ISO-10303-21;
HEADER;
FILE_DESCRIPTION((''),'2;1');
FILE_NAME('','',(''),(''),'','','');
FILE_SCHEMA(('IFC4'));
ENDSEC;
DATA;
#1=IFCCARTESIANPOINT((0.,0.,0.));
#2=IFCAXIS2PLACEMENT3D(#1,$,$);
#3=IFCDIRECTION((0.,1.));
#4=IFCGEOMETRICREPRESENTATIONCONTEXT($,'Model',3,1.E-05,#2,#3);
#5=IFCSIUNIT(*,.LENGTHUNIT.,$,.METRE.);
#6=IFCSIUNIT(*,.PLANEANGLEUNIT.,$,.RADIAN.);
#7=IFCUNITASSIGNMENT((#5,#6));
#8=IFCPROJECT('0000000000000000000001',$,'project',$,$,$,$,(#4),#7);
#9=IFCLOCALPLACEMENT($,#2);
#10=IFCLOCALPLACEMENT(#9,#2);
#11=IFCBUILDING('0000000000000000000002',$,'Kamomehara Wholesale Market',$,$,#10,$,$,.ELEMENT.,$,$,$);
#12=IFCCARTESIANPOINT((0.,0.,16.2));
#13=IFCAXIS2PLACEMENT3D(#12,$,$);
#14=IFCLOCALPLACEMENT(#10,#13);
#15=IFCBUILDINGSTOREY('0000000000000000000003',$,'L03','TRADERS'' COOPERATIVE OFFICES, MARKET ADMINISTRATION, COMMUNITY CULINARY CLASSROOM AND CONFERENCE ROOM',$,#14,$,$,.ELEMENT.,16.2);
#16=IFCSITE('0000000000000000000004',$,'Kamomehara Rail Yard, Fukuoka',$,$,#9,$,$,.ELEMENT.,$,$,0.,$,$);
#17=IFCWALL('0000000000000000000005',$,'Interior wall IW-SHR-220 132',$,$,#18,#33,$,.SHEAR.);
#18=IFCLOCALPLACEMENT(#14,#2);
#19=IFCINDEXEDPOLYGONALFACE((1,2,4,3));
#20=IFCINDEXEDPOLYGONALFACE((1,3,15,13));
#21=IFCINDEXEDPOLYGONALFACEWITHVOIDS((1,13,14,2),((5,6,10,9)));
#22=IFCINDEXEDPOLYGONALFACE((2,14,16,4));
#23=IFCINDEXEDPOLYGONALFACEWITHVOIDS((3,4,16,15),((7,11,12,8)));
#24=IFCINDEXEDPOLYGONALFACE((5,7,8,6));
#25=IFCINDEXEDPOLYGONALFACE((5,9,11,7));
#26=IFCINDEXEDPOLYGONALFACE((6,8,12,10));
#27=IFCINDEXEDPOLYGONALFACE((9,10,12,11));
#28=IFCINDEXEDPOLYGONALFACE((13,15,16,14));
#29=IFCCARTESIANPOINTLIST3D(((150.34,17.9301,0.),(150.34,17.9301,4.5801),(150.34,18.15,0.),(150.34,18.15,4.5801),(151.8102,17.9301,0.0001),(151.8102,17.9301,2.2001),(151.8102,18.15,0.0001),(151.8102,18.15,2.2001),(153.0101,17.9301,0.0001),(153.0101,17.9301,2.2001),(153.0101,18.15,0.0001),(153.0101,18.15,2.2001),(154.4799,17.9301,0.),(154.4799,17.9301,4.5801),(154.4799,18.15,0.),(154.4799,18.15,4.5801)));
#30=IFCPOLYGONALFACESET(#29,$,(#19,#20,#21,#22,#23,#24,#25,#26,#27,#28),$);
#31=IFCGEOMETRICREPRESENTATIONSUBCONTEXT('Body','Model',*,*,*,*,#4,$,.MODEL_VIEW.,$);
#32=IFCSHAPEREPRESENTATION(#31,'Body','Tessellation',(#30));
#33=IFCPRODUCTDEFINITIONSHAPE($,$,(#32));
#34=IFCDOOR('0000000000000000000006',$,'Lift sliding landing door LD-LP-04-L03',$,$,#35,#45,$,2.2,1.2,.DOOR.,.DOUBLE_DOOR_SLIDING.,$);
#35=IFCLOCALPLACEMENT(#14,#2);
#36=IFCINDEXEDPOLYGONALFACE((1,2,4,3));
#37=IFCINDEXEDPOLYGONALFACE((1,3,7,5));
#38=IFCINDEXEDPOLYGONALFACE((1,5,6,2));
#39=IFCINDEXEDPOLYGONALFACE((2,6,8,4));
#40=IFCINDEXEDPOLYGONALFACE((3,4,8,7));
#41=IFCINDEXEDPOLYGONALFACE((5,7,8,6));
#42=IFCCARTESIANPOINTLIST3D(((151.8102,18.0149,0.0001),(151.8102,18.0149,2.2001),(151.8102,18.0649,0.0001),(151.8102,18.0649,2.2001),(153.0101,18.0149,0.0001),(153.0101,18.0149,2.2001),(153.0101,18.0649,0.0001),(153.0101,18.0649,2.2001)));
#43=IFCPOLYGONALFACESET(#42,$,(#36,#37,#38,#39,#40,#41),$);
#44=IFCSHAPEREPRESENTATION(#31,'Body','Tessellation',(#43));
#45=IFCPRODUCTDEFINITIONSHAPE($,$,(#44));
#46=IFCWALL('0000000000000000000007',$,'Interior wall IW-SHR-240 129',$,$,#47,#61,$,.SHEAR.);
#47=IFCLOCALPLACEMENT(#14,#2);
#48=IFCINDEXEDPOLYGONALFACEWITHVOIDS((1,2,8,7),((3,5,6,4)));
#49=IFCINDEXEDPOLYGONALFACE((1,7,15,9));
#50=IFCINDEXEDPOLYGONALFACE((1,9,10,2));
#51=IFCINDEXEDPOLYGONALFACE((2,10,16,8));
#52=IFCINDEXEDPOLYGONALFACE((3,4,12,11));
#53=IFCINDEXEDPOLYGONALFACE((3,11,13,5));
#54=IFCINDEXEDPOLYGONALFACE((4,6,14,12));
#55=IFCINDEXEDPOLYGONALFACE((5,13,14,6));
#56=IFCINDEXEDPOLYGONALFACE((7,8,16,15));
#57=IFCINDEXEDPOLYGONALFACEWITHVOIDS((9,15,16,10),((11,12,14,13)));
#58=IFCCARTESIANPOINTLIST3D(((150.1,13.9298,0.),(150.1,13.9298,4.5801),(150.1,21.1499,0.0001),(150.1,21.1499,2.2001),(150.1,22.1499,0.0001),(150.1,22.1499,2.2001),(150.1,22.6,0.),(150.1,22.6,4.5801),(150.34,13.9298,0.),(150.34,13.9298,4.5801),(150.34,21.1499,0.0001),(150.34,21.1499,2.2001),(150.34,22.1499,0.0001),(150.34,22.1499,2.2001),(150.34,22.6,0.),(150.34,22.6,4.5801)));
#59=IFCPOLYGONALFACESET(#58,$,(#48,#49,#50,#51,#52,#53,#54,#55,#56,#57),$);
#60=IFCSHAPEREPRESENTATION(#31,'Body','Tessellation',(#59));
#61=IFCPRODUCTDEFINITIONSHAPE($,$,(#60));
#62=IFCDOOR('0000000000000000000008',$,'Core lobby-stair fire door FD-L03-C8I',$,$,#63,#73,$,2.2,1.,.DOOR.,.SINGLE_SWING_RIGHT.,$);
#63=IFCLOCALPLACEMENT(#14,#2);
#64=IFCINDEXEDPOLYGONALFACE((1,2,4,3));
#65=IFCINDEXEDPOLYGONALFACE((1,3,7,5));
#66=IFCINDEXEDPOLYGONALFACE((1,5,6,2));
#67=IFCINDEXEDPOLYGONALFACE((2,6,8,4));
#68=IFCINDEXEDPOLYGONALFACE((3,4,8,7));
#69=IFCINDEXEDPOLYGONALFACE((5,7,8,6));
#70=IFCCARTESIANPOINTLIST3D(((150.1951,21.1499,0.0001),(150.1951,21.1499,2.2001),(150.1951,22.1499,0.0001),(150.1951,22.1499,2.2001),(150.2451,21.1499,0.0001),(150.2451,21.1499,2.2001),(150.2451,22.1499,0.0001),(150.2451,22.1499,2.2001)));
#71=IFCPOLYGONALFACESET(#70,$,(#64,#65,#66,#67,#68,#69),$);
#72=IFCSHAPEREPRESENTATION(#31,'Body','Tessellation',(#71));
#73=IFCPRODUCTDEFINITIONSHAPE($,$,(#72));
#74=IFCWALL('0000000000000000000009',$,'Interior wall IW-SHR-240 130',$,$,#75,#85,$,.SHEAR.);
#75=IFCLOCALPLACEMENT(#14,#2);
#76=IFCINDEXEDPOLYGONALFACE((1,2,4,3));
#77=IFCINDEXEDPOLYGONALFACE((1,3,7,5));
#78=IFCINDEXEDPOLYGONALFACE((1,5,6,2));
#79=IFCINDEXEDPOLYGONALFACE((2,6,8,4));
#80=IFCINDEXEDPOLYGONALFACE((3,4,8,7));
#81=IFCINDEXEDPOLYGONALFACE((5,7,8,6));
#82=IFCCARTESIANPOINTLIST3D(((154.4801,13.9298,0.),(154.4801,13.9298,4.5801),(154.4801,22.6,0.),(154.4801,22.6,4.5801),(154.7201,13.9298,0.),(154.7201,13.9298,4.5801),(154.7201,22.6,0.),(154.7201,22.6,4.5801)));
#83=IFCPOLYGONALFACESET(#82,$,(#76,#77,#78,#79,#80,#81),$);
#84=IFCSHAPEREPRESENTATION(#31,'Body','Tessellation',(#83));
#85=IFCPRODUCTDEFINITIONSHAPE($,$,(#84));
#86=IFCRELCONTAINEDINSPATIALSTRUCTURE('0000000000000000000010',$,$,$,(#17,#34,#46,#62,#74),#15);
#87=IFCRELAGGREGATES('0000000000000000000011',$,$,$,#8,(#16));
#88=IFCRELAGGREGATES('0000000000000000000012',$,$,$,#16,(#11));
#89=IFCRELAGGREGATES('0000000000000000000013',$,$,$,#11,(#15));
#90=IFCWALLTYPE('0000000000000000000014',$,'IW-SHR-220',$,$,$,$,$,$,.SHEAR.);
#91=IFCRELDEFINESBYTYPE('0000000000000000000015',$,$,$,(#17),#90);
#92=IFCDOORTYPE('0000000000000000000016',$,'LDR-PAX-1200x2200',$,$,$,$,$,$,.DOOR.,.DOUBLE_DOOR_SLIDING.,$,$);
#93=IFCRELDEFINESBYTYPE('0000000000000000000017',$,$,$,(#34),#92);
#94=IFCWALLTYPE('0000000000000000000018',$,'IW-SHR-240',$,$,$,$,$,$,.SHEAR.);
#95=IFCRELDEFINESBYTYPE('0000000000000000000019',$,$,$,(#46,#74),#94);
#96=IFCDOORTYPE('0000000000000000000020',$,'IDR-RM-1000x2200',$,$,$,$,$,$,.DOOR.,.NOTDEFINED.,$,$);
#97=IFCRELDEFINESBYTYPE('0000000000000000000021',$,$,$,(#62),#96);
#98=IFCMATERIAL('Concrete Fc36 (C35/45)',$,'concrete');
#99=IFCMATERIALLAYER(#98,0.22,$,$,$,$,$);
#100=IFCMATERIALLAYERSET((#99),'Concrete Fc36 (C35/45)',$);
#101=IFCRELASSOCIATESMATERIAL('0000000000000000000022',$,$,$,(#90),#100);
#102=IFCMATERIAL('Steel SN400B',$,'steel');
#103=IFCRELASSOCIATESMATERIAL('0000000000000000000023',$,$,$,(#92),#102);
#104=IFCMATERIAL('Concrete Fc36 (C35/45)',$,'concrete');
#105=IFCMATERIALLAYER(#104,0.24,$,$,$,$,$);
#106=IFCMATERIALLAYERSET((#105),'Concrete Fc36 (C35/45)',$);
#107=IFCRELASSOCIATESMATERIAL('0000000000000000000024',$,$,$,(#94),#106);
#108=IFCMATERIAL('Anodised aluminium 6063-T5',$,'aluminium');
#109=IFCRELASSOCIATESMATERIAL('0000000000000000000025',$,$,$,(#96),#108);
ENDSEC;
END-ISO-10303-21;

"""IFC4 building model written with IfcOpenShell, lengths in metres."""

from ifc_helpers import new_model, si_unit, direction, frame, frame_2d, origin, place, context, subcontext, project, spatial, rectangle, extrude, material, layer, layer_set, type_object, element, fill, save


model = new_model("IFC4")

# Units and contexts
model_context = context("Model", 3, precision=1e-05, world=origin(), true_north=direction((0.0, 1.0)))
body_context = subcontext(model_context, "Body", "Model", "MODEL_VIEW")
ifc_project = project(units=[si_unit("LENGTHUNIT", "METRE"), si_unit("PLANEANGLEUNIT", "RADIAN")], contexts=[model_context])

# Site, building, storey
site_placement = place(None, origin())
site = spatial("IfcSite", under=ifc_project, at=site_placement, Name="Kamomehara Rail Yard, Fukuoka", CompositionType="ELEMENT", RefElevation=0.0)
building_placement = place(site_placement, origin())
building = spatial("IfcBuilding", under=site, at=building_placement, Name="Kamomehara Wholesale Market", CompositionType="ELEMENT")
storey_placement = place(building_placement, frame((0.0, 0.0, 16.2)))
storey = spatial("IfcBuildingStorey", under=building, at=storey_placement, Name="L03", Description="TRADERS' COOPERATIVE OFFICES, MARKET ADMINISTRATION, COMMUNITY CULINARY CLASSROOM AND CONFERENCE ROOM", CompositionType="ELEMENT", Elevation=16.2)

# Walls, openings, doors
ifc_material_1 = material(Name="Concrete Fc36 (C35/45)", Category="concrete")
ifc_layer_1 = layer(ifc_material_1, 0.22)
ifc_layer_set_1 = layer_set([ifc_layer_1], Name="Concrete Fc36 (C35/45)")
wall_type_1 = type_object("IfcWallType", Name="IW-SHR-220", PredefinedType="SHEAR", material=ifc_layer_set_1)
wall_1_placement = place(storey_placement, frame((150.3401, 18.04, 0.0), z_axis=(0.0, 0.0, 1.0), x_axis=(1.0, 0.0, 0.0)))
wall_1 = element("IfcWall", 1, at=wall_1_placement, inside=storey, type_object=wall_type_1, Name="Interior wall IW-SHR-220 132", PredefinedType="SHEAR", context=body_context, shape_type="SweptSolid", body=[
    extrude(rectangle(XDim=4.1399, YDim=0.22, at=frame_2d((2.0698, 0.0))), origin(), (0.0, 0.0, 1.0), 4.5801),
])
opening_1_placement = place(wall_1_placement, frame((1.47, 0.0, 0.0)))
opening_1 = element("IfcOpeningElement", 2, at=opening_1_placement, cuts=wall_1, PredefinedType="OPENING", context=body_context, shape_type="SweptSolid", body=[
    extrude(rectangle(XDim=1.2, YDim=2.2, at=frame_2d((0.6001, 1.1001))), frame((0.0, 0.125, 0.0), z_axis=(0.0, -1.0, 0.0), x_axis=(1.0, 0.0, 0.0)), (0.0, 0.0, 1.0), 0.2498),
])
ifc_material_2 = material(Name="Steel SN400B", Category="steel")
door_type_1 = type_object("IfcDoorType", Name="LDR-PAX-1200x2200", OperationType="DOUBLE_DOOR_SLIDING", PredefinedType="DOOR", material=ifc_material_2)
door_1_placement = place(opening_1_placement, origin())
door_1 = element("IfcDoor", 3, at=door_1_placement, inside=storey, type_object=door_type_1, Name="Lift sliding landing door LD-LP-04-L03", OperationType="DOUBLE_DOOR_SLIDING", OverallHeight=2.2, OverallWidth=1.2, PredefinedType="DOOR", context=body_context, shape_type="SweptSolid", body=[
    extrude(rectangle(XDim=1.2, YDim=2.2, at=frame_2d((0.6001, 1.1001))), frame((0.0, 0.0249, 0.0), z_axis=(0.0, -1.0, 0.0), x_axis=(1.0, 0.0, 0.0)), (0.0, 0.0, 1.0), 0.05),
])
fill(opening_1, door_1)
ifc_material_3 = material(Name="Concrete Fc36 (C35/45)", Category="concrete")
ifc_layer_2 = layer(ifc_material_3, 0.24)
ifc_layer_set_2 = layer_set([ifc_layer_2], Name="Concrete Fc36 (C35/45)")
wall_type_2 = type_object("IfcWallType", Name="IW-SHR-240", PredefinedType="SHEAR", material=ifc_layer_set_2)
wall_2_placement = place(storey_placement, frame((150.22, 13.9299, 0.0), z_axis=(0.0, 0.0, 1.0), x_axis=(0.0, 1.0, 0.0)))
wall_2 = element("IfcWall", 4, at=wall_2_placement, inside=storey, type_object=wall_type_2, Name="Interior wall IW-SHR-240 129", PredefinedType="SHEAR", context=body_context, shape_type="SweptSolid", body=[
    extrude(rectangle(XDim=8.6702, YDim=0.24, at=frame_2d((4.335, 0.0))), origin(), (0.0, 0.0, 1.0), 4.5801),
])
opening_2_placement = place(wall_2_placement, frame((7.22, 0.0, 0.0)))
opening_2 = element("IfcOpeningElement", 5, at=opening_2_placement, cuts=wall_2, PredefinedType="OPENING", context=body_context, shape_type="SweptSolid", body=[
    extrude(rectangle(XDim=1.0, YDim=2.2, at=frame_2d((0.5, 1.1001))), frame((0.0, 0.1348, 0.0), z_axis=(0.0, -1.0, 0.0), x_axis=(1.0, 0.0, 0.0)), (0.0, 0.0, 1.0), 0.2698),
])
ifc_material_4 = material(Name="Anodised aluminium 6063-T5", Category="aluminium")
door_type_2 = type_object("IfcDoorType", Name="IDR-RM-1000x2200", OperationType="NOTDEFINED", PredefinedType="DOOR", material=ifc_material_4)
door_2_placement = place(opening_2_placement, origin())
door_2 = element("IfcDoor", 6, at=door_2_placement, inside=storey, type_object=door_type_2, Name="Core lobby-stair fire door FD-L03-C8I", OperationType="SINGLE_SWING_RIGHT", OverallHeight=2.2, OverallWidth=1.0, PredefinedType="DOOR", context=body_context, shape_type="SweptSolid", body=[
    extrude(rectangle(XDim=1.0, YDim=2.2, at=frame_2d((0.5, 1.1001))), frame((0.0, 0.0249, 0.0), z_axis=(0.0, -1.0, 0.0), x_axis=(1.0, 0.0, 0.0)), (0.0, 0.0, 1.0), 0.05),
])
fill(opening_2, door_2)

# Wall
wall_3_placement = place(storey_placement, frame((154.6001, 13.9299, 0.0), z_axis=(0.0, 0.0, 1.0), x_axis=(0.0, 1.0, 0.0)))
element("IfcWall", 7, at=wall_3_placement, inside=storey, type_object=wall_type_2, Name="Interior wall IW-SHR-240 130", PredefinedType="SHEAR", context=body_context, shape_type="SweptSolid", body=[
    extrude(rectangle(XDim=8.6702, YDim=0.24, at=frame_2d((4.335, 0.0))), origin(), (0.0, 0.0, 1.0), 4.5801),
])

save(model, "model.ifc")
